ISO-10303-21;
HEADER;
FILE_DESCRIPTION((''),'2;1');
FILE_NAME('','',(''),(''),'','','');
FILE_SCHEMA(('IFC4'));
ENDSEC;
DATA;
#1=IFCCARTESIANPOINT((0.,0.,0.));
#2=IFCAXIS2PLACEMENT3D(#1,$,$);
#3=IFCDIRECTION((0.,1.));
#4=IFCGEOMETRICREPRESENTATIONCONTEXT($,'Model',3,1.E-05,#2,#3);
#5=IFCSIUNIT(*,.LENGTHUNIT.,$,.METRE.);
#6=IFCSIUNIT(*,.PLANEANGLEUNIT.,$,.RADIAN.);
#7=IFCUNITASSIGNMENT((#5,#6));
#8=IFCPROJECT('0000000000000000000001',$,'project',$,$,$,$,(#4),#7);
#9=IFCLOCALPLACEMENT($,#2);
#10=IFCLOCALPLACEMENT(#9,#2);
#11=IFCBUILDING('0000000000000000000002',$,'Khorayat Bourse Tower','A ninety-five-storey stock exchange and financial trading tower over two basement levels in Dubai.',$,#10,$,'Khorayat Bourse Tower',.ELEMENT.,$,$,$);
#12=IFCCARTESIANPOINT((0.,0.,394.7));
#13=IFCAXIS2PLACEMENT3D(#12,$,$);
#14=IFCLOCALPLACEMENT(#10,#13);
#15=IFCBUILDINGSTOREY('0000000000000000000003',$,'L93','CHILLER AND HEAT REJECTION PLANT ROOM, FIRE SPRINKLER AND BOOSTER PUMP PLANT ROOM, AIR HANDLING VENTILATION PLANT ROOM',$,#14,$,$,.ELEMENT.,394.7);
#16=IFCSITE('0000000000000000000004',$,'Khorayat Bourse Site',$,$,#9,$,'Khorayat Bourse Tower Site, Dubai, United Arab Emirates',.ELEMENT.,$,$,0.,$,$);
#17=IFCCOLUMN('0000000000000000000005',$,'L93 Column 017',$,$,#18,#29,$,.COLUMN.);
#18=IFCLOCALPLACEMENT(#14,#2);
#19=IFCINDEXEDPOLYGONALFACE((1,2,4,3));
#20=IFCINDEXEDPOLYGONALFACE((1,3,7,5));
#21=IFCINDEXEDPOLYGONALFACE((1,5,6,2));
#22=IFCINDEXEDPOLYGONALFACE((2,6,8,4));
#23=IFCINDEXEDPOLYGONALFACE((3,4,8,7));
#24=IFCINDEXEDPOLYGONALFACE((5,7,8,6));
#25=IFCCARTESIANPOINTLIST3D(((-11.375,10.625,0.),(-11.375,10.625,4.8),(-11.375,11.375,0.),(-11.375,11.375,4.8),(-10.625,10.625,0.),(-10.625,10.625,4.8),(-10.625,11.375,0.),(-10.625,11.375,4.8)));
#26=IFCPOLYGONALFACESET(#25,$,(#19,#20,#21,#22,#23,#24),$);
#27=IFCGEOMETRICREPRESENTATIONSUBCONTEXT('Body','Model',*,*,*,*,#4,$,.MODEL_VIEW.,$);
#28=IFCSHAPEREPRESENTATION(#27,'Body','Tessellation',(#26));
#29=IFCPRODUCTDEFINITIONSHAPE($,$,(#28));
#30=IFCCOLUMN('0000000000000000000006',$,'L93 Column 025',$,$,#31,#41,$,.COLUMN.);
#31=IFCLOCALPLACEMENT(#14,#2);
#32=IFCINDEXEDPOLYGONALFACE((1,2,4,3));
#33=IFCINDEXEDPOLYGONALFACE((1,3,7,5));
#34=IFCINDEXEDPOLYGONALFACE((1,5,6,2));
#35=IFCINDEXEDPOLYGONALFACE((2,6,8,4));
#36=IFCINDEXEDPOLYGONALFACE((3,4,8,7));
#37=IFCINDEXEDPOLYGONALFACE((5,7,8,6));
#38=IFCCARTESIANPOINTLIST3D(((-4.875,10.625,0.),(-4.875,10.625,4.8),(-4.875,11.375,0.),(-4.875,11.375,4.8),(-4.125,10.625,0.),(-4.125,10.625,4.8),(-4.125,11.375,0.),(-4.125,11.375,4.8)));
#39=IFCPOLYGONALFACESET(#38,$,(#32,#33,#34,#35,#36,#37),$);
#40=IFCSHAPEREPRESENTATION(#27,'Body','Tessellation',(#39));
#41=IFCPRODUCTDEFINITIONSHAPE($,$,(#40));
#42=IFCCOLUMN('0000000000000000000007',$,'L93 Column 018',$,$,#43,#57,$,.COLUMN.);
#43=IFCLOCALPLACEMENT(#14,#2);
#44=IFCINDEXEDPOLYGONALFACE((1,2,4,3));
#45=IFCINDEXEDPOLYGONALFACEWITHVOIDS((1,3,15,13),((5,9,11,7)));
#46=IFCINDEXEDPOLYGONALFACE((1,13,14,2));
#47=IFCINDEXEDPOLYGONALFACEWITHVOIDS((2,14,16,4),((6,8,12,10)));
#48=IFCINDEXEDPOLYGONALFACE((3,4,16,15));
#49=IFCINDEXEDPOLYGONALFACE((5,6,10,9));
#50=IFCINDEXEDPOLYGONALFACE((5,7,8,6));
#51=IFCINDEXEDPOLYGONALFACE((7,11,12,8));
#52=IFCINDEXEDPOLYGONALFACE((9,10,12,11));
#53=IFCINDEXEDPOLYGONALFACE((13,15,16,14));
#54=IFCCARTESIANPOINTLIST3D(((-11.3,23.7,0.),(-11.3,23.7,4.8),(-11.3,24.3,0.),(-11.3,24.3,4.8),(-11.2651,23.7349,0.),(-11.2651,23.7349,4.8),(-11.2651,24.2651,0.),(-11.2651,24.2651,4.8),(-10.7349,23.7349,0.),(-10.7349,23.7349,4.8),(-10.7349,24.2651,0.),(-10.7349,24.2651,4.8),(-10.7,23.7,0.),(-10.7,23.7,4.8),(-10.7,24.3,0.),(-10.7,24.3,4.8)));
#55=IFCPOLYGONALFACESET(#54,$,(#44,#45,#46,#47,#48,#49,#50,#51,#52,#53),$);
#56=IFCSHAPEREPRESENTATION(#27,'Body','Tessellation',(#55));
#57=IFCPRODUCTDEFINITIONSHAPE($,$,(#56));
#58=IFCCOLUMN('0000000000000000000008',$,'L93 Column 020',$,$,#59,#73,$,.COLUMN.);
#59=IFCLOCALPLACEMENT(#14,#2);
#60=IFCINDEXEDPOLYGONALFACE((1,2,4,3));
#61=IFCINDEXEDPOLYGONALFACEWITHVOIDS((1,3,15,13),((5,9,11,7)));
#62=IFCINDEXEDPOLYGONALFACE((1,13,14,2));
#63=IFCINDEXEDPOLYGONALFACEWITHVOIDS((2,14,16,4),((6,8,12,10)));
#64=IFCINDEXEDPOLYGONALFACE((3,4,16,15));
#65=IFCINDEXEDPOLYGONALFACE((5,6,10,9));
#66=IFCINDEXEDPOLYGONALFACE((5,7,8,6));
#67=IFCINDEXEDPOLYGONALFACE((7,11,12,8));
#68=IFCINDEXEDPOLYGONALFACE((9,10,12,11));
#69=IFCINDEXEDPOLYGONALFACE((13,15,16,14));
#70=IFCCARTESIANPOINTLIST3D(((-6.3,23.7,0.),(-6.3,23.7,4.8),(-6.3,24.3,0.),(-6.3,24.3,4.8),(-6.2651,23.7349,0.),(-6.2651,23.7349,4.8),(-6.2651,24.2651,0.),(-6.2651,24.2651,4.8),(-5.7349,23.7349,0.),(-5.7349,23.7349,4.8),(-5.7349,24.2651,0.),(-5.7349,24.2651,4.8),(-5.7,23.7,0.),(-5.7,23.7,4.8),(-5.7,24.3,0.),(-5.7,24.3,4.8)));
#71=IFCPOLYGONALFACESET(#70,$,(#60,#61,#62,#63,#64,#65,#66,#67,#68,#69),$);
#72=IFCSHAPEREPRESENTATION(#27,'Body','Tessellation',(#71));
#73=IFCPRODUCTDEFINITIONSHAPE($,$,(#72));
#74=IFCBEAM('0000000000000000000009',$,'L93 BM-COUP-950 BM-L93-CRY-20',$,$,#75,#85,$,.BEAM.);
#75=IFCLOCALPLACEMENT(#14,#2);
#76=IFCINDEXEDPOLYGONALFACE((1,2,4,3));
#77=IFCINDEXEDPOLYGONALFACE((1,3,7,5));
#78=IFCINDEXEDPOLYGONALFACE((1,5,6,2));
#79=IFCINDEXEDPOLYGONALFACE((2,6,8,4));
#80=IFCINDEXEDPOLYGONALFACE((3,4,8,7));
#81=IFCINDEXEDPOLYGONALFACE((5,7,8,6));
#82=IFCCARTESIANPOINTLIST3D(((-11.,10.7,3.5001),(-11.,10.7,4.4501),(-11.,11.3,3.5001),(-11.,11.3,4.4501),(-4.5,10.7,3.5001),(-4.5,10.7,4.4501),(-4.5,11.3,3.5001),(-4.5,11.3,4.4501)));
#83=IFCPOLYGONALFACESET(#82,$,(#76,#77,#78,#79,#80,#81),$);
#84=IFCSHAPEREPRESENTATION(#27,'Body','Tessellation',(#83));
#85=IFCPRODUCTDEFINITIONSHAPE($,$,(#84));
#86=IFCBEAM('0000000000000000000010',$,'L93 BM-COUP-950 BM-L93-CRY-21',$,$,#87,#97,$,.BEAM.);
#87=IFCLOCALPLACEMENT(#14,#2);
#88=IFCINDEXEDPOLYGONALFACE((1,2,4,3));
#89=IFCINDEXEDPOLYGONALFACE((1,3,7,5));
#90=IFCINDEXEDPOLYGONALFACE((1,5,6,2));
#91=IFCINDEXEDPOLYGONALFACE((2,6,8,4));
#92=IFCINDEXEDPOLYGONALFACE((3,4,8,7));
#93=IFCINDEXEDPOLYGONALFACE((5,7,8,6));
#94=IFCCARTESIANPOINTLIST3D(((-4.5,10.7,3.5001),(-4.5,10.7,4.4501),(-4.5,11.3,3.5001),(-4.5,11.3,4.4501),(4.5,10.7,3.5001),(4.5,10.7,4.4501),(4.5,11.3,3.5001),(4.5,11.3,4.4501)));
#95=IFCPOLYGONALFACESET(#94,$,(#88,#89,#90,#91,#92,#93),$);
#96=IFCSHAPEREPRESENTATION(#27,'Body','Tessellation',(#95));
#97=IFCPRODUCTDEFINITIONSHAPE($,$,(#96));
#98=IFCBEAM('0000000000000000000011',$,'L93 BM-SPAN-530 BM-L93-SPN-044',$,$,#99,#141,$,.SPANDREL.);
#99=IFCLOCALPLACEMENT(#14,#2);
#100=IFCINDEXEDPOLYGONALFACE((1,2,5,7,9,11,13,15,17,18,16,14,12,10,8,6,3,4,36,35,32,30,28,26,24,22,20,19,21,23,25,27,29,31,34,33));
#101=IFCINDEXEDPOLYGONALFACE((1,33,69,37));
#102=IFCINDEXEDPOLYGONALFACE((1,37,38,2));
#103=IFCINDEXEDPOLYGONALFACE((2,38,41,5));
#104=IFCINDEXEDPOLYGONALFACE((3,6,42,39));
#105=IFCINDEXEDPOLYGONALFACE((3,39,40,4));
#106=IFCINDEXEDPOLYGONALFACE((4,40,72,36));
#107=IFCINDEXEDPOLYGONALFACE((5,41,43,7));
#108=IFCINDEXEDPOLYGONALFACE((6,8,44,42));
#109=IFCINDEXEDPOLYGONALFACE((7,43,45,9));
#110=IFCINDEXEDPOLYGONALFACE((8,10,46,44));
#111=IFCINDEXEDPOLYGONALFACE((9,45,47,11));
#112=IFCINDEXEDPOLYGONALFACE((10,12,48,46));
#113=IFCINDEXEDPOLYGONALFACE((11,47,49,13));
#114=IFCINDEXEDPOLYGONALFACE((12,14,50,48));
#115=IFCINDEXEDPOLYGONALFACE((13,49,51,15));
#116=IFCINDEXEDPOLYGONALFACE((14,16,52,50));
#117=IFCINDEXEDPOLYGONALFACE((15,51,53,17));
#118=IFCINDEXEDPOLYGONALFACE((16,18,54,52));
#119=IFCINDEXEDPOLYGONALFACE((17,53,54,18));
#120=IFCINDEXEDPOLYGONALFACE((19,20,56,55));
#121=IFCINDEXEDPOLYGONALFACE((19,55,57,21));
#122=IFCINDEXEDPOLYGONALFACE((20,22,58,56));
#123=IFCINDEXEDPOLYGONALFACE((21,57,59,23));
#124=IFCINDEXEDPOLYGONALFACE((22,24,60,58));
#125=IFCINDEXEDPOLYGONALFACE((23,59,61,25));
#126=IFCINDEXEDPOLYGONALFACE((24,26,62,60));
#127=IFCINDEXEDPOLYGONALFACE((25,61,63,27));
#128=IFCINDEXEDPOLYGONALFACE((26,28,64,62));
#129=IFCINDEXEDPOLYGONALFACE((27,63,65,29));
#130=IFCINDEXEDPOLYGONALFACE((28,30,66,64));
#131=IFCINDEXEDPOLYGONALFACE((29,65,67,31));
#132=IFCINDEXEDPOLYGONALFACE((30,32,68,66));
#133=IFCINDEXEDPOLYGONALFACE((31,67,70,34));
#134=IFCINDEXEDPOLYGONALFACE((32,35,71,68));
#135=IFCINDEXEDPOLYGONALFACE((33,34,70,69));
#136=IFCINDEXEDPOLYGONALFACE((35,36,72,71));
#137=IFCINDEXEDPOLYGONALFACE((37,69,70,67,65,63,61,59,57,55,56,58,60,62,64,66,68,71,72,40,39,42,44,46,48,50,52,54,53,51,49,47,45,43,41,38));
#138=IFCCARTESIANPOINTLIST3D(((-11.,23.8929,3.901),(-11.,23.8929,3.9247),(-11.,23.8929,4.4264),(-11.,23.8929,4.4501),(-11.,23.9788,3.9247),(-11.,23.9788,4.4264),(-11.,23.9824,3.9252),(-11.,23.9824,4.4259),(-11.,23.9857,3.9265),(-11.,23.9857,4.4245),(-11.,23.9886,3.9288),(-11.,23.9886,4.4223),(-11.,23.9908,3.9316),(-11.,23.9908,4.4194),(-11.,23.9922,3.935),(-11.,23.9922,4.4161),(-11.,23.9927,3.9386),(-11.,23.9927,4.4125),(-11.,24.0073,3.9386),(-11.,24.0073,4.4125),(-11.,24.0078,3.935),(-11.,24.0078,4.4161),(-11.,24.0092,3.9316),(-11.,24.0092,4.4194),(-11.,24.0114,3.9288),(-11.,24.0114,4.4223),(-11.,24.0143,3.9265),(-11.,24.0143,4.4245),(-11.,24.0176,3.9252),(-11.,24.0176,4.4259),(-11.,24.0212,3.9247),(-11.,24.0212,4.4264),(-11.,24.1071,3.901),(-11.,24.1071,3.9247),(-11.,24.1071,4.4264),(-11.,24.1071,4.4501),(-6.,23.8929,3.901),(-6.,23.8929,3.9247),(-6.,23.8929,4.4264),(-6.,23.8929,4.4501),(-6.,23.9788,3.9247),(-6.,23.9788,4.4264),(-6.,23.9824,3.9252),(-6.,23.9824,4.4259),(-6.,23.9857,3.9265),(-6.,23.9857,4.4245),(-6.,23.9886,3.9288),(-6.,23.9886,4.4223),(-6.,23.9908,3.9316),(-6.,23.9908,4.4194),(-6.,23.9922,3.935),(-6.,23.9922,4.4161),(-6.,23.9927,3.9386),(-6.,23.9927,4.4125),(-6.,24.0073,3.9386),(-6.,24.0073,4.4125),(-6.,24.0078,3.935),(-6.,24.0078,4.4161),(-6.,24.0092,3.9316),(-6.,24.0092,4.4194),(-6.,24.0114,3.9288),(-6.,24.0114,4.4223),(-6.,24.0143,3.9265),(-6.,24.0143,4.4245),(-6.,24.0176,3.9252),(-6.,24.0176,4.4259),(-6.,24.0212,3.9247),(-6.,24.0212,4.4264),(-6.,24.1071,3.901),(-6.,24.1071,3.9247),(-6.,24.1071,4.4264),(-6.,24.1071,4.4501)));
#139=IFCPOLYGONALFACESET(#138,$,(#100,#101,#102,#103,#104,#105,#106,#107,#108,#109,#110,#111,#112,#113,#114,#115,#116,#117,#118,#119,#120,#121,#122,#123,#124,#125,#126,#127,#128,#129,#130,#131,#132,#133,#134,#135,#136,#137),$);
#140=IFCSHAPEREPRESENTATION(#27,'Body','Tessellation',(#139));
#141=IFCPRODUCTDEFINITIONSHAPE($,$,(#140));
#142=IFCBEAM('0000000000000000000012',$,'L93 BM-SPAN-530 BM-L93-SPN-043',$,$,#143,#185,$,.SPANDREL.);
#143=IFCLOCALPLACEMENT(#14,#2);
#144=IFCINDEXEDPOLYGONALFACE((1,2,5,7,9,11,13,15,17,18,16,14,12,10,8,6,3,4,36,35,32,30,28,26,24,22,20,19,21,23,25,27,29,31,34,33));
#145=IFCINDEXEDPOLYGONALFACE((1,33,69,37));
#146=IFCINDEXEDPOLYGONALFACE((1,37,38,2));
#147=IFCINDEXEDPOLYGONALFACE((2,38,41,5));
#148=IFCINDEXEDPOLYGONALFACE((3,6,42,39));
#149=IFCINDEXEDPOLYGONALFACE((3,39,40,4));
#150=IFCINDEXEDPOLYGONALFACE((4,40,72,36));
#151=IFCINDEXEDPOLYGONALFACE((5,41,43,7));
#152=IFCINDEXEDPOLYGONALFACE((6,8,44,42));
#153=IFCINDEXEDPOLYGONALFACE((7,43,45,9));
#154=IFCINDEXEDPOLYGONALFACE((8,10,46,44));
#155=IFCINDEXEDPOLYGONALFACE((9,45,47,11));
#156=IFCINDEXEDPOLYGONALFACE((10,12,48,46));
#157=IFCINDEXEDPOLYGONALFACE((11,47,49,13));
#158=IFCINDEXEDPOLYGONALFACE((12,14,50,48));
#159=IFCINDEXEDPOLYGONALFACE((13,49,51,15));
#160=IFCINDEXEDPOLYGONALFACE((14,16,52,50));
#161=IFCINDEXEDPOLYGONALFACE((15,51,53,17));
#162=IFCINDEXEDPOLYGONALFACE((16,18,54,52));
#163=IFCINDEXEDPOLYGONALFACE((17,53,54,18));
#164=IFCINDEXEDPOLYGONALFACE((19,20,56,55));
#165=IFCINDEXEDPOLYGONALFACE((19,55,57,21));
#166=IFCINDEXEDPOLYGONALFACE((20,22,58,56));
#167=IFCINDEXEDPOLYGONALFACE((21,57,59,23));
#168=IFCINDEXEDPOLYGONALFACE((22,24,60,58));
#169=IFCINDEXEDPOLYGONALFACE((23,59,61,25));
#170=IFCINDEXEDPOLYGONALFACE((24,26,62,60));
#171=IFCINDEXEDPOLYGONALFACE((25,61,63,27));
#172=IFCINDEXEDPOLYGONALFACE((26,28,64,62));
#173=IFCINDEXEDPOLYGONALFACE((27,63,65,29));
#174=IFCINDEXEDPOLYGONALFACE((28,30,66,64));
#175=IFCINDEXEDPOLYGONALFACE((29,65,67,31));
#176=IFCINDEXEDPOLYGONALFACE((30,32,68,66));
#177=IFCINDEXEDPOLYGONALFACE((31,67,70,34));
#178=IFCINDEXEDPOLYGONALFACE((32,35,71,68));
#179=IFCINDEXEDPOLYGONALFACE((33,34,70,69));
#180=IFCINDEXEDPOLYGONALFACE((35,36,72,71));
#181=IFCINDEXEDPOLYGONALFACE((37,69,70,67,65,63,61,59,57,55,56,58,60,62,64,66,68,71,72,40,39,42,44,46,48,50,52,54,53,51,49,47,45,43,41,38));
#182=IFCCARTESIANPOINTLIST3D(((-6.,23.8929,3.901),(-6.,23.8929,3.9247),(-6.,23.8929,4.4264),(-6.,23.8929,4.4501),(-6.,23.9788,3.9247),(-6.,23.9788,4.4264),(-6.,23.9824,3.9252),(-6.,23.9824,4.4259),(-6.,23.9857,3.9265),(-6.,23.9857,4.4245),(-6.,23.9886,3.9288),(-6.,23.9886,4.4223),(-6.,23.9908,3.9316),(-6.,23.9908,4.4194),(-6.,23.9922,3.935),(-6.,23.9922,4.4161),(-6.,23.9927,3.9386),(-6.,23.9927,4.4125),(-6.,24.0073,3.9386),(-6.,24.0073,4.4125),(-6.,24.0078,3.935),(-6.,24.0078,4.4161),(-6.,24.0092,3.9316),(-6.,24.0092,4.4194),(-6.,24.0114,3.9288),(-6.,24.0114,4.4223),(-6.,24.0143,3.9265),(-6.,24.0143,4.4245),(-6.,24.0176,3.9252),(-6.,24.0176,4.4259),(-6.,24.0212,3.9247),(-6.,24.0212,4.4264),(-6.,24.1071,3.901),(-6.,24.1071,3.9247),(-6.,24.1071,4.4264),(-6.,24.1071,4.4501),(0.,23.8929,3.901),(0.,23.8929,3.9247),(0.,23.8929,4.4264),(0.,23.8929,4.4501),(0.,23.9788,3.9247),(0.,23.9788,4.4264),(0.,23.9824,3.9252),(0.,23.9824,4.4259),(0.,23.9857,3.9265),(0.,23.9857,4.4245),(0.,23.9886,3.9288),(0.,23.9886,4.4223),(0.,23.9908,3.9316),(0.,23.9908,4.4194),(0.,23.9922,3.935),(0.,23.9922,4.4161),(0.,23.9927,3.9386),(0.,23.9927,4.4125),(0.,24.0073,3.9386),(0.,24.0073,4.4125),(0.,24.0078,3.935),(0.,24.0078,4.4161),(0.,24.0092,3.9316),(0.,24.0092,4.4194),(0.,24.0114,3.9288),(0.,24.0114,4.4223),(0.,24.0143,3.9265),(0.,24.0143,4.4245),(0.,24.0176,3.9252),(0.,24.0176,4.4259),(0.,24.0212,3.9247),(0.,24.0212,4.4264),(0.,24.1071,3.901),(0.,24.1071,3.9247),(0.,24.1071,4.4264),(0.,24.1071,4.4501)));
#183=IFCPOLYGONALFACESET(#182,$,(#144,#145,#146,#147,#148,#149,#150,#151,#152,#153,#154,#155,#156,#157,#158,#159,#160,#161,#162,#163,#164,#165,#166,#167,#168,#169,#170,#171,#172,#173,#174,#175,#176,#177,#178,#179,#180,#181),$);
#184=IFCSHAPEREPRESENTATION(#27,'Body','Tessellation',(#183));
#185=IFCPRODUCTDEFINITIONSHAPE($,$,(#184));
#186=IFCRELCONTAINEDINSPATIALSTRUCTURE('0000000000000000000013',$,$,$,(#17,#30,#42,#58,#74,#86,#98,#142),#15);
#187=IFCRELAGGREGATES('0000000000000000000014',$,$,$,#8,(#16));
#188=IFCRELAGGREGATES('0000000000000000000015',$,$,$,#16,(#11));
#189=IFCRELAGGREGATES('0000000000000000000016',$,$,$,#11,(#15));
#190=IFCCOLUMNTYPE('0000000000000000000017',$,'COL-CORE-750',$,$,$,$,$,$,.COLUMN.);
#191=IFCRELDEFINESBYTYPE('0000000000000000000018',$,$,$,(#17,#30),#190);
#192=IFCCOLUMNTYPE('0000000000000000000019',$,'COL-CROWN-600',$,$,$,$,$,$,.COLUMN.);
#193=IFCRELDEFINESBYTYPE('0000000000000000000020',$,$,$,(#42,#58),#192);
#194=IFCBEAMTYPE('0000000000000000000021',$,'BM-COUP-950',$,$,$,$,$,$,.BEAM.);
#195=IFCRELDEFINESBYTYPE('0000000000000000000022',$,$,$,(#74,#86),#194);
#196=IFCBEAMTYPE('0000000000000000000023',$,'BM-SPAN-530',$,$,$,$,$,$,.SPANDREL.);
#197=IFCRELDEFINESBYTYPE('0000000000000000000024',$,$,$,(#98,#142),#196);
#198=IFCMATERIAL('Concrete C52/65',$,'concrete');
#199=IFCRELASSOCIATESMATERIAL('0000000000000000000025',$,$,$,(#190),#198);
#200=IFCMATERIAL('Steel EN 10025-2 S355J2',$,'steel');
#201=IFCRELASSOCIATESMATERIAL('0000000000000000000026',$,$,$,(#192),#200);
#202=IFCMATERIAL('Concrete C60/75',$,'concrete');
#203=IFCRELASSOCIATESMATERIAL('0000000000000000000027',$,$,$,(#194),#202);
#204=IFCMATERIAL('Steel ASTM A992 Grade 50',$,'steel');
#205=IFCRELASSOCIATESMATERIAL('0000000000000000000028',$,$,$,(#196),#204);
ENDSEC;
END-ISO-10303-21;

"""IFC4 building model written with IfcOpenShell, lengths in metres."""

from ifc_helpers import new_model, si_unit, direction, frame, origin, origin_2d, place, context, subcontext, project, spatial, rectangle, hollow_rectangle, i_section, extrude, source, transform, mapped, material, material_profile, profile_set, type_object, element, save


model = new_model("IFC4")

# Units and contexts
model_context = context("Model", 3, precision=1e-05, world=origin(), true_north=direction((0.0, 1.0)))
body_context = subcontext(model_context, "Body", "Model", "MODEL_VIEW")
ifc_project = project(units=[si_unit("LENGTHUNIT", "METRE"), si_unit("PLANEANGLEUNIT", "RADIAN")], contexts=[model_context])

# Site, building, storey
site_placement = place(None, origin())
site = spatial("IfcSite", under=ifc_project, at=site_placement, Name="Khorayat Bourse Site", LongName="Khorayat Bourse Tower Site, Dubai, United Arab Emirates", CompositionType="ELEMENT", RefElevation=0.0)
building_placement = place(site_placement, origin())
building = spatial("IfcBuilding", under=site, at=building_placement, Name="Khorayat Bourse Tower", Description="A ninety-five-storey stock exchange and financial trading tower over two basement levels in Dubai.", LongName="Khorayat Bourse Tower", CompositionType="ELEMENT")
storey_placement = place(building_placement, frame((0.0, 0.0, 394.7)))
storey = spatial("IfcBuildingStorey", under=building, at=storey_placement, Name="L93", Description="CHILLER AND HEAT REJECTION PLANT ROOM, FIRE SPRINKLER AND BOOSTER PUMP PLANT ROOM, AIR HANDLING VENTILATION PLANT ROOM", CompositionType="ELEMENT", Elevation=394.7)

# Columns
ifc_material_1 = material(Name="Concrete C52/65", Category="concrete")
ifc_material_profile_1 = material_profile(ifc_material_1, rectangle(XDim=0.75, YDim=0.75, at=origin_2d()), Name="RC 750x750")
ifc_profile_set_1 = profile_set([ifc_material_profile_1], Name="Concrete C52/65")
column_type_1 = type_object("IfcColumnType", Name="COL-CORE-750", PredefinedType="COLUMN", material=ifc_profile_set_1)
shared_shape_1 = source(origin(), body_context, "Body", "SweptSolid", [
    extrude(rectangle(XDim=0.75, YDim=0.75, at=origin_2d()), origin(), (0.0, 0.0, 1.0), 4.8),
])
for number, where, z_axis, x_axis, name in (
    (1, (-11.0, 11.0, 0.0), (0.0, 0.0, 1.0), (1.0, 0.0, 0.0), "L93 Column 017"),
    (2, (-4.5, 11.0, 0.0), (0.0, 0.0, 1.0), (1.0, 0.0, 0.0), "L93 Column 025"),
):
    element("IfcColumn", number, at=place(storey_placement, frame(where, z_axis=z_axis, x_axis=x_axis)), inside=storey, type_object=column_type_1, Name=name, PredefinedType="COLUMN", context=body_context, shape_type="MappedRepresentation", body=[
        mapped(shared_shape_1, transform((0.0, 0.0, 0.0), scale=1.0)),
    ])
ifc_material_2 = material(Name="Steel EN 10025-2 S355J2", Category="steel")
ifc_material_profile_2 = material_profile(ifc_material_2, hollow_rectangle(XDim=0.6001, YDim=0.6001, WallThickness=0.0349, at=origin_2d()), Name="BOX 600x600x35")
ifc_profile_set_2 = profile_set([ifc_material_profile_2], Name="Steel EN 10025-2 S355J2")
column_type_2 = type_object("IfcColumnType", Name="COL-CROWN-600", PredefinedType="COLUMN", material=ifc_profile_set_2)
shared_shape_2 = source(origin(), body_context, "Body", "SweptSolid", [
    extrude(hollow_rectangle(XDim=0.6001, YDim=0.6001, WallThickness=0.0349, at=origin_2d()), origin(), (0.0, 0.0, 1.0), 4.8),
])
for number, where, z_axis, x_axis, name in (
    (3, (-11.0, 24.0, 0.0), (0.0, 0.0, 1.0), (1.0, 0.0, 0.0), "L93 Column 018"),
    (4, (-6.0, 24.0, 0.0), (0.0, 0.0, 1.0), (1.0, 0.0, 0.0), "L93 Column 020"),
):
    element("IfcColumn", number, at=place(storey_placement, frame(where, z_axis=z_axis, x_axis=x_axis)), inside=storey, type_object=column_type_2, Name=name, PredefinedType="COLUMN", context=body_context, shape_type="MappedRepresentation", body=[
        mapped(shared_shape_2, transform((0.0, 0.0, 0.0), scale=1.0)),
    ])

# Beams
ifc_material_3 = material(Name="Concrete C60/75", Category="concrete")
ifc_material_profile_3 = material_profile(ifc_material_3, rectangle(XDim=0.6001, YDim=0.95, at=origin_2d()), Name="RC 600x950")
ifc_profile_set_3 = profile_set([ifc_material_profile_3], Name="Concrete C60/75")
beam_type_1 = type_object("IfcBeamType", Name="BM-COUP-950", PredefinedType="BEAM", material=ifc_profile_set_3)
shared_shape_3 = source(origin(), body_context, "Body", "SweptSolid", [
    extrude(rectangle(XDim=0.6001, YDim=0.95, at=origin_2d()), origin(), (0.0, 0.0, 1.0), 6.5),
])
beam_1_placement = place(storey_placement, frame((-11.0, 11.0, 3.9751), z_axis=(1.0, 0.0, 0.0), x_axis=(0.0, 1.0, 0.0)))
element("IfcBeam", 5, at=beam_1_placement, inside=storey, type_object=beam_type_1, Name="L93 BM-COUP-950 BM-L93-CRY-20", PredefinedType="BEAM", context=body_context, shape_type="MappedRepresentation", body=[
    mapped(shared_shape_3, transform((0.0, 0.0, 0.0), scale=1.0)),
])
shared_shape_4 = source(origin(), body_context, "Body", "SweptSolid", [
    extrude(rectangle(XDim=0.6001, YDim=0.95, at=origin_2d()), origin(), (0.0, 0.0, 1.0), 9.0),
])
beam_2_placement = place(storey_placement, frame((-4.5, 11.0, 3.9751), z_axis=(1.0, 0.0, 0.0), x_axis=(0.0, 1.0, 0.0)))
element("IfcBeam", 6, at=beam_2_placement, inside=storey, type_object=beam_type_1, Name="L93 BM-COUP-950 BM-L93-CRY-21", PredefinedType="BEAM", context=body_context, shape_type="MappedRepresentation", body=[
    mapped(shared_shape_4, transform((0.0, 0.0, 0.0), scale=1.0)),
])
ifc_material_4 = material(Name="Steel ASTM A992 Grade 50", Category="steel")
ifc_material_profile_4 = material_profile(ifc_material_4, i_section(OverallWidth=0.2141, OverallDepth=0.5491, WebThickness=0.0146, FlangeThickness=0.0237, FilletRadius=0.0139, at=origin_2d()), Name="W530X138")
ifc_profile_set_4 = profile_set([ifc_material_profile_4], Name="Steel ASTM A992 Grade 50")
beam_type_2 = type_object("IfcBeamType", Name="BM-SPAN-530", PredefinedType="SPANDREL", material=ifc_profile_set_4)
shared_shape_5 = source(origin(), body_context, "Body", "SweptSolid", [
    extrude(i_section(OverallWidth=0.2141, OverallDepth=0.5491, WebThickness=0.0146, FlangeThickness=0.0237, FilletRadius=0.0139, at=origin_2d()), origin(), (0.0, 0.0, 1.0), 5.0),
])
beam_3_placement = place(storey_placement, frame((-11.0, 24.0, 4.1755), z_axis=(1.0, 0.0, 0.0), x_axis=(0.0, 1.0, 0.0)))
element("IfcBeam", 7, at=beam_3_placement, inside=storey, type_object=beam_type_2, Name="L93 BM-SPAN-530 BM-L93-SPN-044", PredefinedType="SPANDREL", context=body_context, shape_type="MappedRepresentation", body=[
    mapped(shared_shape_5, transform((0.0, 0.0, 0.0), scale=1.0)),
])
shared_shape_6 = source(origin(), body_context, "Body", "SweptSolid", [
    extrude(i_section(OverallWidth=0.2141, OverallDepth=0.5491, WebThickness=0.0146, FlangeThickness=0.0237, FilletRadius=0.0139, at=origin_2d()), origin(), (0.0, 0.0, 1.0), 6.0),
])
beam_4_placement = place(storey_placement, frame((-6.0, 24.0, 4.1755), z_axis=(1.0, 0.0, 0.0), x_axis=(0.0, 1.0, 0.0)))
element("IfcBeam", 8, at=beam_4_placement, inside=storey, type_object=beam_type_2, Name="L93 BM-SPAN-530 BM-L93-SPN-043", PredefinedType="SPANDREL", context=body_context, shape_type="MappedRepresentation", body=[
    mapped(shared_shape_6, transform((0.0, 0.0, 0.0), scale=1.0)),
])

save(model, "model.ifc")
